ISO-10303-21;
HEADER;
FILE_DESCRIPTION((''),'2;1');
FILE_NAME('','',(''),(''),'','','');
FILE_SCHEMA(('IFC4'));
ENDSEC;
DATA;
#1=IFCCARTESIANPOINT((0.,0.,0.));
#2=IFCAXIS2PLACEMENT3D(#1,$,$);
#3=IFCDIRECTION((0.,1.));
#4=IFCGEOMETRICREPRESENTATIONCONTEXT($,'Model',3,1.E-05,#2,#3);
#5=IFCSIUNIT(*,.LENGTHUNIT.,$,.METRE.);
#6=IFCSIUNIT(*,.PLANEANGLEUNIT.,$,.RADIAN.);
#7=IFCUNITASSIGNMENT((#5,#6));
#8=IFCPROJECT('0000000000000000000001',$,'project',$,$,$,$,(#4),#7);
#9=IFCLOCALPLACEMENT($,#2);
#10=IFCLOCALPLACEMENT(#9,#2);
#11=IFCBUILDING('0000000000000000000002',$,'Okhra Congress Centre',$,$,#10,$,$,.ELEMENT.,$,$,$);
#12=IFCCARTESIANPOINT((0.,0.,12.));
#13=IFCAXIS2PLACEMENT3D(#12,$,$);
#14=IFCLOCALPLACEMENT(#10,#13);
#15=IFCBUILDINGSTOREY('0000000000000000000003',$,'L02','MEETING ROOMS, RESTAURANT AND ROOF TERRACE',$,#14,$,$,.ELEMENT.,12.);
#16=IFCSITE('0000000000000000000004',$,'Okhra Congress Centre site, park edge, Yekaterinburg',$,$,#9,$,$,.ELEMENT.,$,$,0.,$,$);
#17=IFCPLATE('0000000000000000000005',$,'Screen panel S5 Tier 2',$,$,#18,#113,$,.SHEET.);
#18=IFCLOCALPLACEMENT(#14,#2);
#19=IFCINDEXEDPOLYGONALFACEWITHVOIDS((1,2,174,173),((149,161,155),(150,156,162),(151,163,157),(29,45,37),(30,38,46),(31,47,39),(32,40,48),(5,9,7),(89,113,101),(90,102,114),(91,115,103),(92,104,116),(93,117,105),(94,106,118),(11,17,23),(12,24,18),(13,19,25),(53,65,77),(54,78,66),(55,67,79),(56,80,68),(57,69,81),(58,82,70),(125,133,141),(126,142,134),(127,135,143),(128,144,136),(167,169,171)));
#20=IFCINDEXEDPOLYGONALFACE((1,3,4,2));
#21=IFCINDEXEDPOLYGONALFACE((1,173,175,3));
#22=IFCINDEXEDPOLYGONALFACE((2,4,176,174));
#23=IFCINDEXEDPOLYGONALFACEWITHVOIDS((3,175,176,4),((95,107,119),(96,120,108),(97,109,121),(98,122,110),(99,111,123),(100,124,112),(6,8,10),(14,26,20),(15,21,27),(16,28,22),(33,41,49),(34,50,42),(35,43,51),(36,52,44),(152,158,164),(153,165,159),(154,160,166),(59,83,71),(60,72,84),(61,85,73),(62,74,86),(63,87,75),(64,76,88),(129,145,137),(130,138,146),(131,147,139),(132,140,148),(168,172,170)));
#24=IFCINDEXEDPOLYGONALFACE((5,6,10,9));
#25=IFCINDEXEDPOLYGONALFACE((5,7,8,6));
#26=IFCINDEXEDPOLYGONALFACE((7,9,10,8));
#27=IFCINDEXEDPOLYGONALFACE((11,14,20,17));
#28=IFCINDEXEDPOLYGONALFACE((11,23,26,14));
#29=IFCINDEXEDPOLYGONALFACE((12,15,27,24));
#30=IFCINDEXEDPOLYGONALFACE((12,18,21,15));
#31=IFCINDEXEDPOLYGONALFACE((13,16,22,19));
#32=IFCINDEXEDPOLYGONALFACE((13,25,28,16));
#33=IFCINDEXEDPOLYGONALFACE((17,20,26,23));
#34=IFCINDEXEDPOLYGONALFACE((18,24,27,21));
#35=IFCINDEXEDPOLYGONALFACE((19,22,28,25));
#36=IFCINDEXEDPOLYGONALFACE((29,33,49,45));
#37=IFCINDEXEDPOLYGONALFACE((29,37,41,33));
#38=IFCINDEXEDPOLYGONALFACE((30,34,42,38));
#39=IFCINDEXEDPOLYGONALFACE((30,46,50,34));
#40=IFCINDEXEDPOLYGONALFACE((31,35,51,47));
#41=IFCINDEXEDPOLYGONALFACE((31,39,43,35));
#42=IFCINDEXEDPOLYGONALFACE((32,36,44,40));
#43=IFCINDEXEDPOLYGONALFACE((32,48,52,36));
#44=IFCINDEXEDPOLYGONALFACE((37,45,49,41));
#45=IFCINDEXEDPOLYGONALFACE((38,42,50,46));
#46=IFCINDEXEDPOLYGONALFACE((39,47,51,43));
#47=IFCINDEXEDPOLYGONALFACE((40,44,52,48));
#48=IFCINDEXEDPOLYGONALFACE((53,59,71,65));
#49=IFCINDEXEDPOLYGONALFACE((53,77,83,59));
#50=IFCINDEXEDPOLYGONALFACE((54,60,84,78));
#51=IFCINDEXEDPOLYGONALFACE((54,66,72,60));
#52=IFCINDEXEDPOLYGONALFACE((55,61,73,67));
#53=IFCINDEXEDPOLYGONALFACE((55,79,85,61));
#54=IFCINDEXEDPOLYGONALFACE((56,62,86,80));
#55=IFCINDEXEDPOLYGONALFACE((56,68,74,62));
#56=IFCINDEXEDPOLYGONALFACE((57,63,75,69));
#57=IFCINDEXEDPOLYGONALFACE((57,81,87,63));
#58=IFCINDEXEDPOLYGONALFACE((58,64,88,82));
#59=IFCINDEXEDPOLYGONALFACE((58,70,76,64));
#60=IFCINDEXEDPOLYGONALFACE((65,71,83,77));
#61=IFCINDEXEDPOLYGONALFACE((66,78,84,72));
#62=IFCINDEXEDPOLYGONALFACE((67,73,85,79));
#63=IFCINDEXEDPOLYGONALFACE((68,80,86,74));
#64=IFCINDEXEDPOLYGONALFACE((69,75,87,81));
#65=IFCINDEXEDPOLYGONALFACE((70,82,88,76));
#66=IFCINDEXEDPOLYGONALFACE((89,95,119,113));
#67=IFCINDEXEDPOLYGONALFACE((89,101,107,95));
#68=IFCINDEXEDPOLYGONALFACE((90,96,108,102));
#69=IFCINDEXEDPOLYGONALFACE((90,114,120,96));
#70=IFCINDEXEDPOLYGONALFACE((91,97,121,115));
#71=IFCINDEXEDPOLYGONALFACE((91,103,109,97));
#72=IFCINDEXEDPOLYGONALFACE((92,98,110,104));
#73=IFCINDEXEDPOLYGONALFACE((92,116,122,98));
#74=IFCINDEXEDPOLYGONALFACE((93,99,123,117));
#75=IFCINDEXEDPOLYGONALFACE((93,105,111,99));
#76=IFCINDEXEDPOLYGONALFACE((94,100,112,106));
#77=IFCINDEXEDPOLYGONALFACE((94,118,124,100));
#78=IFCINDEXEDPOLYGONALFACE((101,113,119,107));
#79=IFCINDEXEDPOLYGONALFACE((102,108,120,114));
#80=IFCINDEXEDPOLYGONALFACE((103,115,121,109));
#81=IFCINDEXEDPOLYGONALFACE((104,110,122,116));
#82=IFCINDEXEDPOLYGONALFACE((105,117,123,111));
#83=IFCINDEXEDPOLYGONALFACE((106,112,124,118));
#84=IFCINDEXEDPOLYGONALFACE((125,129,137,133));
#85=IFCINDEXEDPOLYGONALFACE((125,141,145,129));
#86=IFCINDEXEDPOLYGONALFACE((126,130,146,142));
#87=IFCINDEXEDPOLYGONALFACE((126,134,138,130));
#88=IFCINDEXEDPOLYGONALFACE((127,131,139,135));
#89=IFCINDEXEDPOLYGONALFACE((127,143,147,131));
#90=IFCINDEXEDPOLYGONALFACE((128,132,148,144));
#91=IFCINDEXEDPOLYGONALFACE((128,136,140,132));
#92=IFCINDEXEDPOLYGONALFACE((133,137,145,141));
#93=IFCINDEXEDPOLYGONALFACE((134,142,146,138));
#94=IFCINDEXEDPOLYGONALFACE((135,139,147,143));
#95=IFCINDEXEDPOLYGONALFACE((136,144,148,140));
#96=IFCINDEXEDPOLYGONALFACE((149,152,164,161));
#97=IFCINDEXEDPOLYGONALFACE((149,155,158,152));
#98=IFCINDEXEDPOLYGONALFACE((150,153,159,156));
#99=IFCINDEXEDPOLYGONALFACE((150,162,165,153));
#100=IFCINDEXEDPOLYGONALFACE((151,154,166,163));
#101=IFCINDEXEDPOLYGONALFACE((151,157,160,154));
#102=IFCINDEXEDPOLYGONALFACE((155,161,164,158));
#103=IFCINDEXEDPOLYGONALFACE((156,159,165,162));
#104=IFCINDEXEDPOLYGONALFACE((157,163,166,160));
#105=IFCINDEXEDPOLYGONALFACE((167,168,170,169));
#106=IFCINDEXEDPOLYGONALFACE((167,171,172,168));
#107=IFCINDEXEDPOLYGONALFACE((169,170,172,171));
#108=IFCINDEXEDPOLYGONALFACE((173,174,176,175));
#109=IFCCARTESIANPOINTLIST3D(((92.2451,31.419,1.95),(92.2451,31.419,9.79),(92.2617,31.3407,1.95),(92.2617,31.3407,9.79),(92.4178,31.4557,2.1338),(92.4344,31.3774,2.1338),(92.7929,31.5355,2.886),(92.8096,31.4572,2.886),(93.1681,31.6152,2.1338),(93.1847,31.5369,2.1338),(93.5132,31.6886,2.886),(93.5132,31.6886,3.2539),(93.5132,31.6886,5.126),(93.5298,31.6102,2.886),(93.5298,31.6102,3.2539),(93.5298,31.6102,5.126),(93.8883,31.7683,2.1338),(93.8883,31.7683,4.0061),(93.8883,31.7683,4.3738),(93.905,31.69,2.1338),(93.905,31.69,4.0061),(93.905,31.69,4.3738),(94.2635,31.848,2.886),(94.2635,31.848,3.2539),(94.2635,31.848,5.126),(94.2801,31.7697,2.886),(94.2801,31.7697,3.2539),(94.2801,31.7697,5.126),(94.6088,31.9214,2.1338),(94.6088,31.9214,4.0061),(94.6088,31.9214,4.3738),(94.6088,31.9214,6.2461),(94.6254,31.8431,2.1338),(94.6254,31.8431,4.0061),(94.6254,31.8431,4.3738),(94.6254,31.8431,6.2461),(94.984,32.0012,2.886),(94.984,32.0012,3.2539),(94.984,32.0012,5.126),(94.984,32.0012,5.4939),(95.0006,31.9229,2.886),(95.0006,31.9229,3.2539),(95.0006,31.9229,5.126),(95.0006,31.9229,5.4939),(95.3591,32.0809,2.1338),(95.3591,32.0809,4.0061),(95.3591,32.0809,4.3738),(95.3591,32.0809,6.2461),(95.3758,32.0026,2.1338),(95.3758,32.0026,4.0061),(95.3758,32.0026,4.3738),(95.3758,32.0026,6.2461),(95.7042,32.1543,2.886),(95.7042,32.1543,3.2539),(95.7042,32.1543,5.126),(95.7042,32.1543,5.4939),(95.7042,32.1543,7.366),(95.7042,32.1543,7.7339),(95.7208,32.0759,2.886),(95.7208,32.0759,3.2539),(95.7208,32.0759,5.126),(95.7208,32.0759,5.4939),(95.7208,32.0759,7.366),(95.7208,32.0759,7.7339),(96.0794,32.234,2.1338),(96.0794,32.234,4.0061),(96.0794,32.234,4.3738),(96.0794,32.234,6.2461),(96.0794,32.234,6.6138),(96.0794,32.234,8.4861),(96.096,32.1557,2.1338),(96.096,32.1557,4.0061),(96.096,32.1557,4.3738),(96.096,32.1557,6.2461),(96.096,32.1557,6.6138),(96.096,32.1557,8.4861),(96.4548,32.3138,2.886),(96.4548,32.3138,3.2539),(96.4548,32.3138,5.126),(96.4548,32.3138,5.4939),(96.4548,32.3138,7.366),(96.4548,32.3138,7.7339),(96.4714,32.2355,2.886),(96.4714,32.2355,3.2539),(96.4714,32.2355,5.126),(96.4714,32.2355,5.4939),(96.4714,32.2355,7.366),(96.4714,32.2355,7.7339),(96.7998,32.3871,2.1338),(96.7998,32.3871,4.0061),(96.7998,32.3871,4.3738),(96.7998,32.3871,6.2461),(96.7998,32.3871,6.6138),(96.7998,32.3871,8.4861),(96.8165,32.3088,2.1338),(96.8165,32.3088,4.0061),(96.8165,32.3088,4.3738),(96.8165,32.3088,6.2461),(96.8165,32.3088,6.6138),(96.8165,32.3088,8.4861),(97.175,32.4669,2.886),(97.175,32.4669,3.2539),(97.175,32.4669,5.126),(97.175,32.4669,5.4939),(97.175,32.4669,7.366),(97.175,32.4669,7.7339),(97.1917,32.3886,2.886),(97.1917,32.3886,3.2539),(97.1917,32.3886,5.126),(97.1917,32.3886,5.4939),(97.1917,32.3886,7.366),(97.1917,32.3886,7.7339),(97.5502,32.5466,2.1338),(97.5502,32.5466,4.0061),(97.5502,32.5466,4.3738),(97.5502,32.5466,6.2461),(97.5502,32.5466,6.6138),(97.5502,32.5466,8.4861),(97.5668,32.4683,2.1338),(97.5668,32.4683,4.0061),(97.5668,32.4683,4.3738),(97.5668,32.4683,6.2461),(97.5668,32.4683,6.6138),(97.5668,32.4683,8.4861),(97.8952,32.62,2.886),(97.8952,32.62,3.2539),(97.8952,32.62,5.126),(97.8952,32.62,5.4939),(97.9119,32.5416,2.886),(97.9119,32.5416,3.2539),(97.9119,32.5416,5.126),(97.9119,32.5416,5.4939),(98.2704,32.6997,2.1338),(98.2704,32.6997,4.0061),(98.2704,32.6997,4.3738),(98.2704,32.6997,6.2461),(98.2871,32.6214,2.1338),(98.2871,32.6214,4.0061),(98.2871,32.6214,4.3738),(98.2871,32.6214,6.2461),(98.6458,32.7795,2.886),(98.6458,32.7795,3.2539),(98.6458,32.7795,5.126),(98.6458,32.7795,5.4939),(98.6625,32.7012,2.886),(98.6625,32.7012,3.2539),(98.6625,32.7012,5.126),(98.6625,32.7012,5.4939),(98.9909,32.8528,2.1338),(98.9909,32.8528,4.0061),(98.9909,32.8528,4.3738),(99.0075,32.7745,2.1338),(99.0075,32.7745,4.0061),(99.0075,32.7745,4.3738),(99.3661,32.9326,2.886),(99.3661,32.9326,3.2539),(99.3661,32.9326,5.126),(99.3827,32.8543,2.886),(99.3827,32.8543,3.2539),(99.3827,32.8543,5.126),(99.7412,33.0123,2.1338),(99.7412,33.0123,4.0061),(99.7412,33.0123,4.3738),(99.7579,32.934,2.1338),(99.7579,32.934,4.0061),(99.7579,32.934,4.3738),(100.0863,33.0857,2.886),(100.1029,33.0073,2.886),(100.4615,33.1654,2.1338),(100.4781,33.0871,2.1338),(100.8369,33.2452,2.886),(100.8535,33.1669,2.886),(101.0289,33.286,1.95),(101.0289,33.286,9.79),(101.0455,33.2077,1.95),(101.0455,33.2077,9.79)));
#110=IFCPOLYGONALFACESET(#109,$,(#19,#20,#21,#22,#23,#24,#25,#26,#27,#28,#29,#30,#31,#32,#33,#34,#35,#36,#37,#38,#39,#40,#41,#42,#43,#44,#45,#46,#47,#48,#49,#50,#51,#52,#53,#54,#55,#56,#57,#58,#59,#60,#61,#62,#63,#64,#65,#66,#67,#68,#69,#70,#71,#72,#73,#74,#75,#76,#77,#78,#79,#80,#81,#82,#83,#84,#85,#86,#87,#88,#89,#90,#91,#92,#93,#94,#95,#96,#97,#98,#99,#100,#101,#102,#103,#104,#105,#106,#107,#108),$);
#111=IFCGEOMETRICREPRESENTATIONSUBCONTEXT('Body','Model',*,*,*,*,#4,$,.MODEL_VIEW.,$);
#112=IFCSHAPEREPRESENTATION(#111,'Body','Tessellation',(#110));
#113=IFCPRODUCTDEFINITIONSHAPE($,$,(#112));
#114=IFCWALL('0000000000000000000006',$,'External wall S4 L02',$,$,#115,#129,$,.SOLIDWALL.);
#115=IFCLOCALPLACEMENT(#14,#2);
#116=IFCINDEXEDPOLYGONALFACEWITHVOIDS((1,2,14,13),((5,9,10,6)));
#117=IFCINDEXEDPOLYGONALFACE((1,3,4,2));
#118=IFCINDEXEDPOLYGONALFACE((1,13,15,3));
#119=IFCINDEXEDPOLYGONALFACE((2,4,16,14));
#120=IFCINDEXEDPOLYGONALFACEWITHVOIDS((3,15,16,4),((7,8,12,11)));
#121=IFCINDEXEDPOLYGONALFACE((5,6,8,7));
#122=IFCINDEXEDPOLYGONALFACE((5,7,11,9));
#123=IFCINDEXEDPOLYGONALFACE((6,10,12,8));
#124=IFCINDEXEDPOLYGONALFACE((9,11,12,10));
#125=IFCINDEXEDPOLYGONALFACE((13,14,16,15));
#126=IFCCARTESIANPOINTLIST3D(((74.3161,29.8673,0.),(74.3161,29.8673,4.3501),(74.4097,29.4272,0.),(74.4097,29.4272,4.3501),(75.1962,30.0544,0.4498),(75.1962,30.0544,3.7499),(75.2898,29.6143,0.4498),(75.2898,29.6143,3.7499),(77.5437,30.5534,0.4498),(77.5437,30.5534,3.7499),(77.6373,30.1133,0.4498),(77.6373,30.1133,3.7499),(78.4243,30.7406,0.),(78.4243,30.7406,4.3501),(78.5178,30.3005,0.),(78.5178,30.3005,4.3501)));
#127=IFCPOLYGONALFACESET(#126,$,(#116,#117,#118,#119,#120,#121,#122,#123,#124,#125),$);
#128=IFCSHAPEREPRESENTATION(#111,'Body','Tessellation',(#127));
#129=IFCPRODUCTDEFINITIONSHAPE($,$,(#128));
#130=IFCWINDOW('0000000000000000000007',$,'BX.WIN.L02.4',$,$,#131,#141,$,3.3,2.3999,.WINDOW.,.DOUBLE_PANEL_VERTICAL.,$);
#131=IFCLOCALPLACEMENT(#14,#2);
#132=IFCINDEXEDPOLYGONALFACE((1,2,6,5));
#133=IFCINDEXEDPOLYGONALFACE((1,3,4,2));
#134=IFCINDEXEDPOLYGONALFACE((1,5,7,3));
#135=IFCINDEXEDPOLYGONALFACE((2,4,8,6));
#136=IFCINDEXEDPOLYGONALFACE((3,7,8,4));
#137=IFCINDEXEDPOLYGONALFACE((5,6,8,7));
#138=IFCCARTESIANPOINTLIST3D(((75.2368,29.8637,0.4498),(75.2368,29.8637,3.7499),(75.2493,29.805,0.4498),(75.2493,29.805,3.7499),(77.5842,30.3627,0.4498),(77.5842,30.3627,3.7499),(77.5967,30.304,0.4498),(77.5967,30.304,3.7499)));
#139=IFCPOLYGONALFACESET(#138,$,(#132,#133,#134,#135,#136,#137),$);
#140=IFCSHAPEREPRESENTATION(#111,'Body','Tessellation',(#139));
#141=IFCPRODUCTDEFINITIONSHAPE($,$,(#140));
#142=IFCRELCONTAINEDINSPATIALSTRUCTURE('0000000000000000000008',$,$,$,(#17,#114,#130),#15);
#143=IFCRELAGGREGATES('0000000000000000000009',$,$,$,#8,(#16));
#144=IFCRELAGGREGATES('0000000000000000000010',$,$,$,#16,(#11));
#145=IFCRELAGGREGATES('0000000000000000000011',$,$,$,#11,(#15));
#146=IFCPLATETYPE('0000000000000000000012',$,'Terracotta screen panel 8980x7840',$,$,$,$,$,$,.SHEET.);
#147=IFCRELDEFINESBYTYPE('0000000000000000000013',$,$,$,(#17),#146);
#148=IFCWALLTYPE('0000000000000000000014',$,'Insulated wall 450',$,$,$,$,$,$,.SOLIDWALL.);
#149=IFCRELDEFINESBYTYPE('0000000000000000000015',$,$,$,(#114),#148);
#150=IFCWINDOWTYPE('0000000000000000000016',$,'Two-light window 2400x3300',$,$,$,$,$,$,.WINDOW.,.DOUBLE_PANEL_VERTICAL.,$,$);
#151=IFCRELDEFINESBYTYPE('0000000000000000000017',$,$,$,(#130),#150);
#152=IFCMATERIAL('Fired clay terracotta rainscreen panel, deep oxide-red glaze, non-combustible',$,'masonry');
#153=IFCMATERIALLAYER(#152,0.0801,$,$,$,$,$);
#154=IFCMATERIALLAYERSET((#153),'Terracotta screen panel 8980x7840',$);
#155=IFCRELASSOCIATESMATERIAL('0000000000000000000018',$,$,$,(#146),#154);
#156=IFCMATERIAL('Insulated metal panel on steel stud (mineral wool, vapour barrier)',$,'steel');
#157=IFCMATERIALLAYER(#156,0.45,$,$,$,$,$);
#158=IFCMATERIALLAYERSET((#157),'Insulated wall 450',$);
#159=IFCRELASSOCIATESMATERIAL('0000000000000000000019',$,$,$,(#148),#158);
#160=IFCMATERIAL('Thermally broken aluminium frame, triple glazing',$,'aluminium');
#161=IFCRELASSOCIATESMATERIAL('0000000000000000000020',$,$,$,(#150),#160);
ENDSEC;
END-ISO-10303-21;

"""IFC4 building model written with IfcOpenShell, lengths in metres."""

from ifc_helpers import new_model, si_unit, direction, frame, frame_2d, origin, place, context, subcontext, project, spatial, polyline, rectangle, outline, extrude, material, layer, layer_set, type_object, element, fill, save


model = new_model("IFC4")

# Units and contexts
model_context = context("Model", 3, precision=1e-05, world=origin(), true_north=direction((0.0, 1.0)))
body_context = subcontext(model_context, "Body", "Model", "MODEL_VIEW")
ifc_project = project(units=[si_unit("LENGTHUNIT", "METRE"), si_unit("PLANEANGLEUNIT", "RADIAN")], contexts=[model_context])

# Site, building, storey
site_placement = place(None, origin())
site = spatial("IfcSite", under=ifc_project, at=site_placement, Name="Okhra Congress Centre site, park edge, Yekaterinburg", CompositionType="ELEMENT", RefElevation=0.0)
building_placement = place(site_placement, origin())
building = spatial("IfcBuilding", under=site, at=building_placement, Name="Okhra Congress Centre", CompositionType="ELEMENT")
storey_placement = place(building_placement, frame((0.0, 0.0, 12.0)))
storey = spatial("IfcBuildingStorey", under=building, at=storey_placement, Name="L02", Description="MEETING ROOMS, RESTAURANT AND ROOF TERRACE", CompositionType="ELEMENT", Elevation=12.0)

# Plate
ifc_material_1 = material(Name="Fired clay terracotta rainscreen panel, deep oxide-red glaze, non-combustible", Category="masonry")
ifc_layer_1 = layer(ifc_material_1, 0.0801)
ifc_layer_set_1 = layer_set([ifc_layer_1], Name="Terracotta screen panel 8980x7840")
plate_type = type_object("IfcPlateType", Name="Terracotta screen panel 8980x7840", PredefinedType="SHEET", material=ifc_layer_set_1)
plate_1_placement = place(storey_placement, frame((92.2534, 31.3799, 1.95), z_axis=(0.0, 0.0, 1.0), x_axis=(0.97815, 0.207902, 0.0)))
element("IfcPlate", 1, at=plate_1_placement, inside=storey, type_object=plate_type, Name="Screen panel S5 Tier 2", PredefinedType="SHEET", context=body_context, shape_type="SweptSolid", body=[
    extrude(outline(polyline([(0.0, 0.0), (8.98, 0.0), (8.98, 7.8401), (0.0, 7.8401), (0.0, 0.0)]), holes=[polyline([(0.1765, 0.1838), (0.9436, 0.1838), (0.5601, 0.936), (0.1765, 0.1838)]), polyline([(1.2964, 0.936), (1.6799, 0.1838), (2.0635, 0.936), (1.2964, 0.936)]), polyline([(2.4165, 0.1838), (3.1836, 0.1838), (2.8, 0.936), (2.4165, 0.1838)]), polyline([(3.5364, 0.936), (3.9199, 0.1838), (4.3037, 0.936), (3.5364, 0.936)]), polyline([(4.6565, 0.1838), (5.4236, 0.1838), (5.04, 0.936), (4.6565, 0.1838)]), polyline([(5.7764, 0.936), (6.1599, 0.1838), (6.5437, 0.936), (5.7764, 0.936)]), polyline([(6.8965, 0.1838), (7.6636, 0.1838), (7.28, 0.936), (6.8965, 0.1838)]), polyline([(8.0164, 0.936), (8.3999, 0.1838), (8.7837, 0.936), (8.0164, 0.936)]), polyline([(1.2964, 1.304), (2.0635, 1.304), (1.6799, 2.0562), (1.2964, 1.304)]), polyline([(2.4165, 2.0562), (2.8, 1.304), (3.1836, 2.0562), (2.4165, 2.0562)]), polyline([(3.5364, 1.304), (4.3037, 1.304), (3.9199, 2.0562), (3.5364, 1.304)]), polyline([(4.6565, 2.0562), (5.04, 1.304), (5.4236, 2.0562), (4.6565, 2.0562)]), polyline([(5.7764, 1.304), (6.5437, 1.304), (6.1599, 2.0562), (5.7764, 1.304)]), polyline([(6.8965, 2.0562), (7.28, 1.304), (7.6636, 2.0562), (6.8965, 2.0562)]), polyline([(1.2964, 3.176), (1.6799, 2.4238), (2.0635, 3.176), (1.2964, 3.176)]), polyline([(2.4165, 2.4238), (3.1836, 2.4238), (2.8, 3.176), (2.4165, 2.4238)]), polyline([(3.5364, 3.176), (3.9199, 2.4238), (4.3037, 3.176), (3.5364, 3.176)]), polyline([(4.6565, 2.4238), (5.4236, 2.4238), (5.04, 3.176), (4.6565, 2.4238)]), polyline([(5.7764, 3.176), (6.1599, 2.4238), (6.5437, 3.176), (5.7764, 3.176)]), polyline([(6.8965, 2.4238), (7.6636, 2.4238), (7.28, 3.176), (6.8965, 2.4238)]), polyline([(2.4165, 4.2961), (2.8, 3.5439), (3.1836, 4.2961), (2.4165, 4.2961)]), polyline([(3.5364, 3.5439), (4.3037, 3.5439), (3.9199, 4.2961), (3.5364, 3.5439)]), polyline([(4.6565, 4.2961), (5.04, 3.5439), (5.4236, 4.2961), (4.6565, 4.2961)]), polyline([(5.7764, 3.5439), (6.5437, 3.5439), (6.1599, 4.2961), (5.7764, 3.5439)]), polyline([(3.5364, 5.416), (3.9199, 4.6638), (4.3037, 5.416), (3.5364, 5.416)]), polyline([(4.6565, 4.6638), (5.4236, 4.6638), (5.04, 5.416), (4.6565, 4.6638)]), polyline([(3.5364, 5.7839), (4.3037, 5.7839), (3.9199, 6.5361), (3.5364, 5.7839)]), polyline([(4.6565, 6.5361), (5.04, 5.7839), (5.4236, 6.5361), (4.6565, 6.5361)])]), frame((0.0, 0.04, 0.0), z_axis=(0.0, -1.0, 0.0), x_axis=(1.0, 0.0, 0.0)), (0.0, 0.0, 1.0), 0.0801),
])

# Wall, opening, window
ifc_material_2 = material(Name="Insulated metal panel on steel stud (mineral wool, vapour barrier)", Category="steel")
ifc_layer_2 = layer(ifc_material_2, 0.45)
ifc_layer_set_2 = layer_set([ifc_layer_2], Name="Insulated wall 450")
wall_type_1 = type_object("IfcWallType", Name="Insulated wall 450", PredefinedType="SOLIDWALL", material=ifc_layer_set_2)
wall_1_placement = place(storey_placement, frame((74.3628, 29.6472, 0.0), z_axis=(0.0, 0.0, 1.0), x_axis=(0.978144, 0.207929, 0.0)))
wall_1 = element("IfcWall", 2, at=wall_1_placement, inside=storey, type_object=wall_type_1, Name="External wall S4 L02", PredefinedType="SOLIDWALL", context=body_context, shape_type="SweptSolid", body=[
    extrude(rectangle(XDim=4.2, YDim=0.45, at=frame_2d((2.1001, 0.0))), origin(), (0.0, 0.0, 1.0), 4.3501),
])
opening_1_placement = place(wall_1_placement, frame((0.8999, 0.0, 0.45)))
opening_1 = element("IfcOpeningElement", 3, at=opening_1_placement, cuts=wall_1, PredefinedType="OPENING", context=body_context, shape_type="SweptSolid", body=[
    extrude(rectangle(XDim=2.3999, YDim=3.3, at=frame_2d((1.2, 1.6499))), frame((0.0, 0.2349, 0.0), z_axis=(0.0, -1.0, 0.0), x_axis=(1.0, 0.0, 0.0)), (0.0, 0.0, 1.0), 0.47),
])
ifc_material_3 = material(Name="Thermally broken aluminium frame, triple glazing", Category="aluminium")
window_type_1 = type_object("IfcWindowType", Name="Two-light window 2400x3300", PartitioningType="DOUBLE_PANEL_VERTICAL", PredefinedType="WINDOW", material=ifc_material_3)
window_1_placement = place(opening_1_placement, origin())
window_1 = element("IfcWindow", 4, at=window_1_placement, inside=storey, type_object=window_type_1, Name="BX.WIN.L02.4", OverallHeight=3.3, OverallWidth=2.3999, PartitioningType="DOUBLE_PANEL_VERTICAL", PredefinedType="WINDOW", context=body_context, shape_type="SweptSolid", body=[
    extrude(rectangle(XDim=2.3999, YDim=3.3, at=frame_2d((1.2, 1.6499))), frame((0.0, 0.03, 0.0), z_axis=(0.0, -1.0, 0.0), x_axis=(1.0, 0.0, 0.0)), (0.0, 0.0, 1.0), 0.0601),
])
fill(opening_1, window_1)

save(model, "model.ifc")
